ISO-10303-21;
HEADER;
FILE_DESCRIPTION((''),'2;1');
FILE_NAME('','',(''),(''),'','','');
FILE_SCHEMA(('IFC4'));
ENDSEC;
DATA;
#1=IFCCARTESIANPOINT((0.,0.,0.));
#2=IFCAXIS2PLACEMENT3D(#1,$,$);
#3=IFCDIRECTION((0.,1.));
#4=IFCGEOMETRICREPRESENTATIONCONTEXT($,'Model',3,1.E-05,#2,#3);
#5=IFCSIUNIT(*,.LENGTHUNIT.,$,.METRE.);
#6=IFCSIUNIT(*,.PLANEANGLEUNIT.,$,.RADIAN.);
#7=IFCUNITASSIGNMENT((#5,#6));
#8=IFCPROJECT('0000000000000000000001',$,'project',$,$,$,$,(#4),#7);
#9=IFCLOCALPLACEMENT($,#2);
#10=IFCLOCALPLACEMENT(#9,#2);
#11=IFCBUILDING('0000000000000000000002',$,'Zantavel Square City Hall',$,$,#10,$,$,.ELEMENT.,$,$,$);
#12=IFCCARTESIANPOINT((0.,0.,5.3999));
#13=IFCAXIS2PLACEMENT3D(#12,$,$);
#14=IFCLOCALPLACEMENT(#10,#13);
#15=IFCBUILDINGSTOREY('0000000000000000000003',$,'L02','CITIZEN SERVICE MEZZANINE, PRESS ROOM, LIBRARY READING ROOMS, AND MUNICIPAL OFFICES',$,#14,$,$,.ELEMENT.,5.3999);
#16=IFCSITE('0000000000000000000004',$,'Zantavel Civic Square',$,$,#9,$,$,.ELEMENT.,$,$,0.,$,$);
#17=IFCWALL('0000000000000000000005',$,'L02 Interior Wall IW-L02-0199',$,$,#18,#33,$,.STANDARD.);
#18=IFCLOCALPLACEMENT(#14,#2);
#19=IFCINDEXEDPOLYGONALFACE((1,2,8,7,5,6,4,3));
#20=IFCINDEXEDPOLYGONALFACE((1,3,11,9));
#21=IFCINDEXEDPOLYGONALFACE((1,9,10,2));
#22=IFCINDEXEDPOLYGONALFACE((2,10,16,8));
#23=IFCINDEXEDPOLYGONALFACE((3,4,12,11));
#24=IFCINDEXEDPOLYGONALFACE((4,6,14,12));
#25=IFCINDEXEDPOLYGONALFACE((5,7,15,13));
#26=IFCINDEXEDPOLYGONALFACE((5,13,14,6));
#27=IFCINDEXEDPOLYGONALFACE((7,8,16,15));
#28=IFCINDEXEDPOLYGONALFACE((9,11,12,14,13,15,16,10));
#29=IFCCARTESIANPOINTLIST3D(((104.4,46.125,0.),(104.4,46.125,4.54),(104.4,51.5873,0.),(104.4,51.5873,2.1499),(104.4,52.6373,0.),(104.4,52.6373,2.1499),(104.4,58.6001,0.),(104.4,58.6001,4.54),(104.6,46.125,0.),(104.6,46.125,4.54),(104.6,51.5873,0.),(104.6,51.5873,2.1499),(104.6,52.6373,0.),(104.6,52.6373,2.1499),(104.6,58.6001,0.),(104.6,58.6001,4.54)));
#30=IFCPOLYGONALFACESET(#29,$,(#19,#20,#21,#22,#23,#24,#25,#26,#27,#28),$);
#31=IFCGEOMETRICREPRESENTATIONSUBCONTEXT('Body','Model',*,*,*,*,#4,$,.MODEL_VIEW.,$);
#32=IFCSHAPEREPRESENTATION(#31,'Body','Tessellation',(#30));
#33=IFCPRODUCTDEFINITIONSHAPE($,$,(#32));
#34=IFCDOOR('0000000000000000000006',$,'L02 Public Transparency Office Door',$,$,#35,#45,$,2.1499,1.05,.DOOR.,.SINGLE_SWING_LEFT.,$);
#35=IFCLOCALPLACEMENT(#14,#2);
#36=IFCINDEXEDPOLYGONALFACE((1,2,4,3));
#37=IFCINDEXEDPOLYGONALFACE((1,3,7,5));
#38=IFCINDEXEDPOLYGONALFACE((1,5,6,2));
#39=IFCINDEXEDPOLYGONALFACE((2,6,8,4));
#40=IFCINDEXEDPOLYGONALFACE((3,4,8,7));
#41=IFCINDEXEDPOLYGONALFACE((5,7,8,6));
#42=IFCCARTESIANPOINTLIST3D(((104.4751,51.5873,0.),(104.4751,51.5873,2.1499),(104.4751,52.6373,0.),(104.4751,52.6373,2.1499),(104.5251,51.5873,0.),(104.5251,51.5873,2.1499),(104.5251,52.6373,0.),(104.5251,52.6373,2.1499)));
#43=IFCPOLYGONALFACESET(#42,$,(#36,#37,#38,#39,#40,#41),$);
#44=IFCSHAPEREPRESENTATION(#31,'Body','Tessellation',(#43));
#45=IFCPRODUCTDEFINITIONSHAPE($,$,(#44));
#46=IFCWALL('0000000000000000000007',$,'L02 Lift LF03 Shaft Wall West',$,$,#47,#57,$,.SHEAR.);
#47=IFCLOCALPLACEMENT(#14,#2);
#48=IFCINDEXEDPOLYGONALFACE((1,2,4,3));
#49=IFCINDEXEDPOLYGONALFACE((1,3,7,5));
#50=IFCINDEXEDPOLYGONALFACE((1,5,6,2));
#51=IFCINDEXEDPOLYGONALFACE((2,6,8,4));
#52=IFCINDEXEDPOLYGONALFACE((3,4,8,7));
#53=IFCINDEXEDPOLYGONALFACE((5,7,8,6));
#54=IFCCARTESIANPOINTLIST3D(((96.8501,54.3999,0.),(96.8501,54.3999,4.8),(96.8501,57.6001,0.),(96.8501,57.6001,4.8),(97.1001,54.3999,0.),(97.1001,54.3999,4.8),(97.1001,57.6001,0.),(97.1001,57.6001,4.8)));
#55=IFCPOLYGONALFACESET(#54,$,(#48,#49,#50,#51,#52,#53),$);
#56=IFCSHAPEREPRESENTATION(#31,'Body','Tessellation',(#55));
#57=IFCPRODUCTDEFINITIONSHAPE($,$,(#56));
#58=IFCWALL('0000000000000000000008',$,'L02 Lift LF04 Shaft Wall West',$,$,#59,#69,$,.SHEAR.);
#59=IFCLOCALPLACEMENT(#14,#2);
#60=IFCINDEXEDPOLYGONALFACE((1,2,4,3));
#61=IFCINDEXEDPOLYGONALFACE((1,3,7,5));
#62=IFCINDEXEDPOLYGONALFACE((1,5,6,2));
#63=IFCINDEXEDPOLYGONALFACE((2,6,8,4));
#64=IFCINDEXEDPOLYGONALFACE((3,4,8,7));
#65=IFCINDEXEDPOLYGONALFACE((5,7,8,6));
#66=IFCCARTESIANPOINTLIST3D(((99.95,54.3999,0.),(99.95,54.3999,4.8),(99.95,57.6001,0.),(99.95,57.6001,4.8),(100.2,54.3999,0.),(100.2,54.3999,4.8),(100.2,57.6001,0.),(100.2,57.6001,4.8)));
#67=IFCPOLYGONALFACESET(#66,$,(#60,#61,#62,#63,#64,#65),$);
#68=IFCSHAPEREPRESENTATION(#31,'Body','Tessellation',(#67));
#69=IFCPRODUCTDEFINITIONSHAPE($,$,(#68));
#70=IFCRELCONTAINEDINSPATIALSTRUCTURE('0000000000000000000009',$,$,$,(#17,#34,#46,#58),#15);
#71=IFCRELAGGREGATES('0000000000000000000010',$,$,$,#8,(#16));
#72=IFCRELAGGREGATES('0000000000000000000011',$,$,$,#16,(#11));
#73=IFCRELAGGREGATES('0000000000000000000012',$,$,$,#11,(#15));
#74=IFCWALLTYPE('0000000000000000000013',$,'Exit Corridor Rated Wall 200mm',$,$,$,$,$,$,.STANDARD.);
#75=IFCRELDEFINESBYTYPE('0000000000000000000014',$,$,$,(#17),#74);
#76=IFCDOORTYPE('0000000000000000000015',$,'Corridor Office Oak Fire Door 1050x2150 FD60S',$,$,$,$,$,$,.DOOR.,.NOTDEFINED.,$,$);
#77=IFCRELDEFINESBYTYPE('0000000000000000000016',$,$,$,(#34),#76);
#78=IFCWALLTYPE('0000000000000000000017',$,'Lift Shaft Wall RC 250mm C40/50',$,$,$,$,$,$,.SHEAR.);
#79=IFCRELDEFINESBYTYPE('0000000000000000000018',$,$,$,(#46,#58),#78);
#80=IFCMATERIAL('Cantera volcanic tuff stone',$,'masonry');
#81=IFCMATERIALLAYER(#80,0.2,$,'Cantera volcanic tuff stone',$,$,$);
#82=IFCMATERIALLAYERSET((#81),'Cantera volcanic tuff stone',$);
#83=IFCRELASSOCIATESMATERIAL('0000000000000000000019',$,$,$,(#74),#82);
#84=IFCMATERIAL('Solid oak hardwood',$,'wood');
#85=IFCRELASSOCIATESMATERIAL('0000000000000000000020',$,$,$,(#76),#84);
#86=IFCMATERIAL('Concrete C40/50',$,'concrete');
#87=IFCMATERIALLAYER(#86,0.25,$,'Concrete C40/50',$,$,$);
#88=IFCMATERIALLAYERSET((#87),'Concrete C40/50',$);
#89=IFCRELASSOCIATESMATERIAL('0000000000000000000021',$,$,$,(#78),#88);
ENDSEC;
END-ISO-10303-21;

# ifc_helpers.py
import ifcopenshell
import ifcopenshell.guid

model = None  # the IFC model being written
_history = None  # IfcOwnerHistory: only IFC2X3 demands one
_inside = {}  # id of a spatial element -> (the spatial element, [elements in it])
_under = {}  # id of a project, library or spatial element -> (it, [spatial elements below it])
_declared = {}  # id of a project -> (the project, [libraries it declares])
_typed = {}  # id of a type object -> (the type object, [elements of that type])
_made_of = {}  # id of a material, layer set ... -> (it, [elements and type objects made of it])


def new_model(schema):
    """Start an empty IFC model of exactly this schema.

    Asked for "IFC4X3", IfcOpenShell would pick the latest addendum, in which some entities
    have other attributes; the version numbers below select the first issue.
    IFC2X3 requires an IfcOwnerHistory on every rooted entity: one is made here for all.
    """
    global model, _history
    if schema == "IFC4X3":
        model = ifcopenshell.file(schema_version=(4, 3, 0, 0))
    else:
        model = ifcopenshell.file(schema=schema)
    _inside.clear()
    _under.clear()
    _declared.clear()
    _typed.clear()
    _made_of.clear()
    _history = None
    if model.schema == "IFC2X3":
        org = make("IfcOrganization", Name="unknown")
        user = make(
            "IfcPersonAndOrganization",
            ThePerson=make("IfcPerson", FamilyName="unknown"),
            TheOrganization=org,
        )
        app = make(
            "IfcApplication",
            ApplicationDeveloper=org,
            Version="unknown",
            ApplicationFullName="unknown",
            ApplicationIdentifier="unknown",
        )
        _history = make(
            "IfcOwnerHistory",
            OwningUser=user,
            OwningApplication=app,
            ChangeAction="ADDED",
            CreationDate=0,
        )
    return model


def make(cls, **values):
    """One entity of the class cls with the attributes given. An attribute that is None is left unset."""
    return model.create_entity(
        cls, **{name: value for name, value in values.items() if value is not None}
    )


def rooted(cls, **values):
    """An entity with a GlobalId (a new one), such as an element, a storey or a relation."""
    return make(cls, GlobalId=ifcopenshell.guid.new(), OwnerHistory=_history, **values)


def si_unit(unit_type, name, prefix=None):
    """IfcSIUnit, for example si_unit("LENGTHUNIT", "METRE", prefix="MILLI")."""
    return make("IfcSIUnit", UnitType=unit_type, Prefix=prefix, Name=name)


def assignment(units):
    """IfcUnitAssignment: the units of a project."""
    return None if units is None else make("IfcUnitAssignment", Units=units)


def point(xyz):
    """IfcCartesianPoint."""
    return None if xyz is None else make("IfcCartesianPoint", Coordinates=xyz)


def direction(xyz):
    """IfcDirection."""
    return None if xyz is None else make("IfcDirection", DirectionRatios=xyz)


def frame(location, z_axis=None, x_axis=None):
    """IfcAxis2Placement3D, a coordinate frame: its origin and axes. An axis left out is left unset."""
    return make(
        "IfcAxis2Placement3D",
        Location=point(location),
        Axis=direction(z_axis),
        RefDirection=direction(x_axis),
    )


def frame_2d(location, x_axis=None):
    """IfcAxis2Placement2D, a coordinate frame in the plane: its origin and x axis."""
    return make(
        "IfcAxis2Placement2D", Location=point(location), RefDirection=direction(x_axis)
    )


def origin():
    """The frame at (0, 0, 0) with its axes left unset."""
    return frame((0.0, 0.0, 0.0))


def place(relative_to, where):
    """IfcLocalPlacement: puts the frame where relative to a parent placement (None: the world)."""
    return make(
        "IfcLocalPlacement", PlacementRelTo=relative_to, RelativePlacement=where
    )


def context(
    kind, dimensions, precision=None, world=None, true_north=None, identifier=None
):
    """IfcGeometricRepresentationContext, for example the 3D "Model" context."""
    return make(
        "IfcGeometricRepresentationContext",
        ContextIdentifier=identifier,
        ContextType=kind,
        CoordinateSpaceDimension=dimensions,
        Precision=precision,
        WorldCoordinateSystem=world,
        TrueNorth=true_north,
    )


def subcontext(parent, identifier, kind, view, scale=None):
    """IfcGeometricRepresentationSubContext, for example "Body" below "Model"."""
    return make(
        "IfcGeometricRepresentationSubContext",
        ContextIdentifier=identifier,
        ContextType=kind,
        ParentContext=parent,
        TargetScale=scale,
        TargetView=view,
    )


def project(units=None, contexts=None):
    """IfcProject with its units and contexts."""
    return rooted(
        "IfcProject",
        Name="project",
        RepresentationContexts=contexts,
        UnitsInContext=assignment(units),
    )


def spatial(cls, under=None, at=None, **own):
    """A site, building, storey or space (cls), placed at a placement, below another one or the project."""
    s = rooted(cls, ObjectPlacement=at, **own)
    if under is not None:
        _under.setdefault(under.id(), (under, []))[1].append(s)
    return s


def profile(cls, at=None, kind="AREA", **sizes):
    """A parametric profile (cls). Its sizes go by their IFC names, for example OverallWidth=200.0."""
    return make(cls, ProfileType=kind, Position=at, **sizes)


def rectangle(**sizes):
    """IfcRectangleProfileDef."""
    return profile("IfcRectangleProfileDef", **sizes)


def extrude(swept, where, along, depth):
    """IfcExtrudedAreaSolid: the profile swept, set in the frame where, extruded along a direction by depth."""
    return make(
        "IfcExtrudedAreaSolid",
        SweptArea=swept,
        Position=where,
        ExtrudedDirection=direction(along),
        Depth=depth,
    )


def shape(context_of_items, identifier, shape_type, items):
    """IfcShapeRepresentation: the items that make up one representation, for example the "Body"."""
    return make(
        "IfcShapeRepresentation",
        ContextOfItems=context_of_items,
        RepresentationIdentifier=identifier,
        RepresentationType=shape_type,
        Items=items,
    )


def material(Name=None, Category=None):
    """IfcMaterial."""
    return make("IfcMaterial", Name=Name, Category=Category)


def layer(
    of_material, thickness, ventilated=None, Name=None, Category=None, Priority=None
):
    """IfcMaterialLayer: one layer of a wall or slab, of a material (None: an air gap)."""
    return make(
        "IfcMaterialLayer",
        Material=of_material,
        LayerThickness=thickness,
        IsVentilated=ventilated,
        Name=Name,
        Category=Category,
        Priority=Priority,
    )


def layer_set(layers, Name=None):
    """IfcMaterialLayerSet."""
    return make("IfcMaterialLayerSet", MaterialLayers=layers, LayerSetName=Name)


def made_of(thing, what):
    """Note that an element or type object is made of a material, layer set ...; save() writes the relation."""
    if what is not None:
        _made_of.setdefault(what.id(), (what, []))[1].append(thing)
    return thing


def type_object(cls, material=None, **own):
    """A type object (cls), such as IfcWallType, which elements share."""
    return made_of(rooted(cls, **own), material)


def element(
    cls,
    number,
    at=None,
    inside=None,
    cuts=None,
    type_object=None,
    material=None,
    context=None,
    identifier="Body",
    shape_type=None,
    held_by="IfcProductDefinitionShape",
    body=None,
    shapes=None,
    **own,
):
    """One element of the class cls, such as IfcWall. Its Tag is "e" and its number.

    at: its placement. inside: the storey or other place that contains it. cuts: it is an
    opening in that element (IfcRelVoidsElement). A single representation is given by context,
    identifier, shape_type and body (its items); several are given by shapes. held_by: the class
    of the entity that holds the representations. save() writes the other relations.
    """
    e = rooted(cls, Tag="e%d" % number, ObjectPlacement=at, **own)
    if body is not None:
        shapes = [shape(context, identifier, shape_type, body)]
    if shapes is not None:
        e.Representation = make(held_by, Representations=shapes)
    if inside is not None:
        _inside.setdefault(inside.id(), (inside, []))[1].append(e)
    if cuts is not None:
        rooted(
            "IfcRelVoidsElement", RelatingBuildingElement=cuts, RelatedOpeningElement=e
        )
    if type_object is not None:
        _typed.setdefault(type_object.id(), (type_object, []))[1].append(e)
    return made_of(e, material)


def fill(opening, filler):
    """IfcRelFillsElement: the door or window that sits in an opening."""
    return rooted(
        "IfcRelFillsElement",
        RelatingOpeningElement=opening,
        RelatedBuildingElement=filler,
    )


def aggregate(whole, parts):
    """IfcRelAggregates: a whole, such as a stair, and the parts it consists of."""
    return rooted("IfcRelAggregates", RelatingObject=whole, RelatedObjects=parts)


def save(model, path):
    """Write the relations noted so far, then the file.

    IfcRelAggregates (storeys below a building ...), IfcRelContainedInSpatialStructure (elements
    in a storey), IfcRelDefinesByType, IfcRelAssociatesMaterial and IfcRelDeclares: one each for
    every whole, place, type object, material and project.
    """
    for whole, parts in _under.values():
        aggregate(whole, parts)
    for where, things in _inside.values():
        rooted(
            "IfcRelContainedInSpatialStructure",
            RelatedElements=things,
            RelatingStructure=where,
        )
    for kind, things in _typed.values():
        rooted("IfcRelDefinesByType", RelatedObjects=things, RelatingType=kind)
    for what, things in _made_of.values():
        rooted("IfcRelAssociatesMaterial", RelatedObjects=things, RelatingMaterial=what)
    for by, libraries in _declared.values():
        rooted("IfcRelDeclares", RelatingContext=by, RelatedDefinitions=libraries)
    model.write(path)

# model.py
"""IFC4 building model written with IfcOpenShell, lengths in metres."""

from ifc_helpers import new_model, si_unit, direction, frame, frame_2d, origin, place, context, subcontext, project, spatial, rectangle, extrude, material, layer, layer_set, type_object, element, fill, save


model = new_model("IFC4")

# Units and contexts
model_context = context("Model", 3, precision=1e-05, world=origin(), true_north=direction((0.0, 1.0)))
body_context = subcontext(model_context, "Body", "Model", "MODEL_VIEW")
ifc_project = project(units=[si_unit("LENGTHUNIT", "METRE"), si_unit("PLANEANGLEUNIT", "RADIAN")], contexts=[model_context])

# Site, building, storey
site_placement = place(None, origin())
site = spatial("IfcSite", under=ifc_project, at=site_placement, Name="Zantavel Civic Square", CompositionType="ELEMENT", RefElevation=0.0)
building_placement = place(site_placement, origin())
building = spatial("IfcBuilding", under=site, at=building_placement, Name="Zantavel Square City Hall", CompositionType="ELEMENT")
storey_placement = place(building_placement, frame((0.0, 0.0, 5.3999)))
storey = spatial("IfcBuildingStorey", under=building, at=storey_placement, Name="L02", Description="CITIZEN SERVICE MEZZANINE, PRESS ROOM, LIBRARY READING ROOMS, AND MUNICIPAL OFFICES", CompositionType="ELEMENT", Elevation=5.3999)

# Shared definitions
ifc_material_1 = material(Name="Concrete C40/50", Category="concrete")

# Wall, opening, door
ifc_material_2 = material(Name="Cantera volcanic tuff stone", Category="masonry")
ifc_layer_1 = layer(ifc_material_2, 0.2, Name="Cantera volcanic tuff stone")
ifc_layer_set_1 = layer_set([ifc_layer_1], Name="Cantera volcanic tuff stone")
wall_type_1 = type_object("IfcWallType", Name="Exit Corridor Rated Wall 200mm", PredefinedType="STANDARD", material=ifc_layer_set_1)
wall_1_placement = place(storey_placement, frame((104.5, 46.125, 0.0), z_axis=(0.0, 0.0, 1.0), x_axis=(0.0, 1.0, 0.0)))
wall_1 = element("IfcWall", 1, at=wall_1_placement, inside=storey, type_object=wall_type_1, Name="L02 Interior Wall IW-L02-0199", PredefinedType="STANDARD", context=body_context, shape_type="SweptSolid", body=[
    extrude(rectangle(XDim=12.4751, YDim=0.2, at=frame_2d((6.2375, 0.0))), origin(), (0.0, 0.0, 1.0), 4.54),
])
opening_1_placement = place(wall_1_placement, frame((5.4624, 0.0, 0.0)))
opening_1 = element("IfcOpeningElement", 2, at=opening_1_placement, cuts=wall_1, PredefinedType="OPENING", context=body_context, shape_type="SweptSolid", body=[
    extrude(rectangle(XDim=1.05, YDim=2.1499, at=frame_2d((0.5249, 1.075))), frame((0.0, 0.1099, 0.0), z_axis=(0.0, -1.0, 0.0), x_axis=(1.0, 0.0, 0.0)), (0.0, 0.0, 1.0), 0.22),
])
ifc_material_3 = material(Name="Solid oak hardwood", Category="wood")
door_type_1 = type_object("IfcDoorType", Name="Corridor Office Oak Fire Door 1050x2150 FD60S", OperationType="NOTDEFINED", PredefinedType="DOOR", material=ifc_material_3)
door_1_placement = place(opening_1_placement, origin())
door_1 = element("IfcDoor", 3, at=door_1_placement, inside=storey, type_object=door_type_1, Name="L02 Public Transparency Office Door", OperationType="SINGLE_SWING_LEFT", OverallHeight=2.1499, OverallWidth=1.05, PredefinedType="DOOR", context=body_context, shape_type="SweptSolid", body=[
    extrude(rectangle(XDim=1.05, YDim=2.1499, at=frame_2d((0.5249, 1.075))), frame((0.0, 0.0249, 0.0), z_axis=(0.0, -1.0, 0.0), x_axis=(1.0, 0.0, 0.0)), (0.0, 0.0, 1.0), 0.05),
])
fill(opening_1, door_1)
ifc_layer_2 = layer(ifc_material_1, 0.25, Name="Concrete C40/50")
ifc_layer_set_2 = layer_set([ifc_layer_2], Name="Concrete C40/50")
wall_type_2 = type_object("IfcWallType", Name="Lift Shaft Wall RC 250mm C40/50", PredefinedType="SHEAR", material=ifc_layer_set_2)

# Wall
wall_2_placement = place(storey_placement, frame((96.9751, 54.3999, 0.0), z_axis=(0.0, 0.0, 1.0), x_axis=(0.0, 1.0, 0.0)))
element("IfcWall", 4, at=wall_2_placement, inside=storey, type_object=wall_type_2, Name="L02 Lift LF03 Shaft Wall West", PredefinedType="SHEAR", context=body_context, shape_type="SweptSolid", body=[
    extrude(rectangle(XDim=3.2002, YDim=0.25, at=frame_2d((1.6001, 0.0))), origin(), (0.0, 0.0, 1.0), 4.8),
])

# Wall
wall_3_placement = place(storey_placement, frame((100.075, 54.3999, 0.0), z_axis=(0.0, 0.0, 1.0), x_axis=(0.0, 1.0, 0.0)))
element("IfcWall", 5, at=wall_3_placement, inside=storey, type_object=wall_type_2, Name="L02 Lift LF04 Shaft Wall West", PredefinedType="SHEAR", context=body_context, shape_type="SweptSolid", body=[
    extrude(rectangle(XDim=3.2002, YDim=0.25, at=frame_2d((1.6001, 0.0))), origin(), (0.0, 0.0, 1.0), 4.8),
])

save(model, "model.ifc")
